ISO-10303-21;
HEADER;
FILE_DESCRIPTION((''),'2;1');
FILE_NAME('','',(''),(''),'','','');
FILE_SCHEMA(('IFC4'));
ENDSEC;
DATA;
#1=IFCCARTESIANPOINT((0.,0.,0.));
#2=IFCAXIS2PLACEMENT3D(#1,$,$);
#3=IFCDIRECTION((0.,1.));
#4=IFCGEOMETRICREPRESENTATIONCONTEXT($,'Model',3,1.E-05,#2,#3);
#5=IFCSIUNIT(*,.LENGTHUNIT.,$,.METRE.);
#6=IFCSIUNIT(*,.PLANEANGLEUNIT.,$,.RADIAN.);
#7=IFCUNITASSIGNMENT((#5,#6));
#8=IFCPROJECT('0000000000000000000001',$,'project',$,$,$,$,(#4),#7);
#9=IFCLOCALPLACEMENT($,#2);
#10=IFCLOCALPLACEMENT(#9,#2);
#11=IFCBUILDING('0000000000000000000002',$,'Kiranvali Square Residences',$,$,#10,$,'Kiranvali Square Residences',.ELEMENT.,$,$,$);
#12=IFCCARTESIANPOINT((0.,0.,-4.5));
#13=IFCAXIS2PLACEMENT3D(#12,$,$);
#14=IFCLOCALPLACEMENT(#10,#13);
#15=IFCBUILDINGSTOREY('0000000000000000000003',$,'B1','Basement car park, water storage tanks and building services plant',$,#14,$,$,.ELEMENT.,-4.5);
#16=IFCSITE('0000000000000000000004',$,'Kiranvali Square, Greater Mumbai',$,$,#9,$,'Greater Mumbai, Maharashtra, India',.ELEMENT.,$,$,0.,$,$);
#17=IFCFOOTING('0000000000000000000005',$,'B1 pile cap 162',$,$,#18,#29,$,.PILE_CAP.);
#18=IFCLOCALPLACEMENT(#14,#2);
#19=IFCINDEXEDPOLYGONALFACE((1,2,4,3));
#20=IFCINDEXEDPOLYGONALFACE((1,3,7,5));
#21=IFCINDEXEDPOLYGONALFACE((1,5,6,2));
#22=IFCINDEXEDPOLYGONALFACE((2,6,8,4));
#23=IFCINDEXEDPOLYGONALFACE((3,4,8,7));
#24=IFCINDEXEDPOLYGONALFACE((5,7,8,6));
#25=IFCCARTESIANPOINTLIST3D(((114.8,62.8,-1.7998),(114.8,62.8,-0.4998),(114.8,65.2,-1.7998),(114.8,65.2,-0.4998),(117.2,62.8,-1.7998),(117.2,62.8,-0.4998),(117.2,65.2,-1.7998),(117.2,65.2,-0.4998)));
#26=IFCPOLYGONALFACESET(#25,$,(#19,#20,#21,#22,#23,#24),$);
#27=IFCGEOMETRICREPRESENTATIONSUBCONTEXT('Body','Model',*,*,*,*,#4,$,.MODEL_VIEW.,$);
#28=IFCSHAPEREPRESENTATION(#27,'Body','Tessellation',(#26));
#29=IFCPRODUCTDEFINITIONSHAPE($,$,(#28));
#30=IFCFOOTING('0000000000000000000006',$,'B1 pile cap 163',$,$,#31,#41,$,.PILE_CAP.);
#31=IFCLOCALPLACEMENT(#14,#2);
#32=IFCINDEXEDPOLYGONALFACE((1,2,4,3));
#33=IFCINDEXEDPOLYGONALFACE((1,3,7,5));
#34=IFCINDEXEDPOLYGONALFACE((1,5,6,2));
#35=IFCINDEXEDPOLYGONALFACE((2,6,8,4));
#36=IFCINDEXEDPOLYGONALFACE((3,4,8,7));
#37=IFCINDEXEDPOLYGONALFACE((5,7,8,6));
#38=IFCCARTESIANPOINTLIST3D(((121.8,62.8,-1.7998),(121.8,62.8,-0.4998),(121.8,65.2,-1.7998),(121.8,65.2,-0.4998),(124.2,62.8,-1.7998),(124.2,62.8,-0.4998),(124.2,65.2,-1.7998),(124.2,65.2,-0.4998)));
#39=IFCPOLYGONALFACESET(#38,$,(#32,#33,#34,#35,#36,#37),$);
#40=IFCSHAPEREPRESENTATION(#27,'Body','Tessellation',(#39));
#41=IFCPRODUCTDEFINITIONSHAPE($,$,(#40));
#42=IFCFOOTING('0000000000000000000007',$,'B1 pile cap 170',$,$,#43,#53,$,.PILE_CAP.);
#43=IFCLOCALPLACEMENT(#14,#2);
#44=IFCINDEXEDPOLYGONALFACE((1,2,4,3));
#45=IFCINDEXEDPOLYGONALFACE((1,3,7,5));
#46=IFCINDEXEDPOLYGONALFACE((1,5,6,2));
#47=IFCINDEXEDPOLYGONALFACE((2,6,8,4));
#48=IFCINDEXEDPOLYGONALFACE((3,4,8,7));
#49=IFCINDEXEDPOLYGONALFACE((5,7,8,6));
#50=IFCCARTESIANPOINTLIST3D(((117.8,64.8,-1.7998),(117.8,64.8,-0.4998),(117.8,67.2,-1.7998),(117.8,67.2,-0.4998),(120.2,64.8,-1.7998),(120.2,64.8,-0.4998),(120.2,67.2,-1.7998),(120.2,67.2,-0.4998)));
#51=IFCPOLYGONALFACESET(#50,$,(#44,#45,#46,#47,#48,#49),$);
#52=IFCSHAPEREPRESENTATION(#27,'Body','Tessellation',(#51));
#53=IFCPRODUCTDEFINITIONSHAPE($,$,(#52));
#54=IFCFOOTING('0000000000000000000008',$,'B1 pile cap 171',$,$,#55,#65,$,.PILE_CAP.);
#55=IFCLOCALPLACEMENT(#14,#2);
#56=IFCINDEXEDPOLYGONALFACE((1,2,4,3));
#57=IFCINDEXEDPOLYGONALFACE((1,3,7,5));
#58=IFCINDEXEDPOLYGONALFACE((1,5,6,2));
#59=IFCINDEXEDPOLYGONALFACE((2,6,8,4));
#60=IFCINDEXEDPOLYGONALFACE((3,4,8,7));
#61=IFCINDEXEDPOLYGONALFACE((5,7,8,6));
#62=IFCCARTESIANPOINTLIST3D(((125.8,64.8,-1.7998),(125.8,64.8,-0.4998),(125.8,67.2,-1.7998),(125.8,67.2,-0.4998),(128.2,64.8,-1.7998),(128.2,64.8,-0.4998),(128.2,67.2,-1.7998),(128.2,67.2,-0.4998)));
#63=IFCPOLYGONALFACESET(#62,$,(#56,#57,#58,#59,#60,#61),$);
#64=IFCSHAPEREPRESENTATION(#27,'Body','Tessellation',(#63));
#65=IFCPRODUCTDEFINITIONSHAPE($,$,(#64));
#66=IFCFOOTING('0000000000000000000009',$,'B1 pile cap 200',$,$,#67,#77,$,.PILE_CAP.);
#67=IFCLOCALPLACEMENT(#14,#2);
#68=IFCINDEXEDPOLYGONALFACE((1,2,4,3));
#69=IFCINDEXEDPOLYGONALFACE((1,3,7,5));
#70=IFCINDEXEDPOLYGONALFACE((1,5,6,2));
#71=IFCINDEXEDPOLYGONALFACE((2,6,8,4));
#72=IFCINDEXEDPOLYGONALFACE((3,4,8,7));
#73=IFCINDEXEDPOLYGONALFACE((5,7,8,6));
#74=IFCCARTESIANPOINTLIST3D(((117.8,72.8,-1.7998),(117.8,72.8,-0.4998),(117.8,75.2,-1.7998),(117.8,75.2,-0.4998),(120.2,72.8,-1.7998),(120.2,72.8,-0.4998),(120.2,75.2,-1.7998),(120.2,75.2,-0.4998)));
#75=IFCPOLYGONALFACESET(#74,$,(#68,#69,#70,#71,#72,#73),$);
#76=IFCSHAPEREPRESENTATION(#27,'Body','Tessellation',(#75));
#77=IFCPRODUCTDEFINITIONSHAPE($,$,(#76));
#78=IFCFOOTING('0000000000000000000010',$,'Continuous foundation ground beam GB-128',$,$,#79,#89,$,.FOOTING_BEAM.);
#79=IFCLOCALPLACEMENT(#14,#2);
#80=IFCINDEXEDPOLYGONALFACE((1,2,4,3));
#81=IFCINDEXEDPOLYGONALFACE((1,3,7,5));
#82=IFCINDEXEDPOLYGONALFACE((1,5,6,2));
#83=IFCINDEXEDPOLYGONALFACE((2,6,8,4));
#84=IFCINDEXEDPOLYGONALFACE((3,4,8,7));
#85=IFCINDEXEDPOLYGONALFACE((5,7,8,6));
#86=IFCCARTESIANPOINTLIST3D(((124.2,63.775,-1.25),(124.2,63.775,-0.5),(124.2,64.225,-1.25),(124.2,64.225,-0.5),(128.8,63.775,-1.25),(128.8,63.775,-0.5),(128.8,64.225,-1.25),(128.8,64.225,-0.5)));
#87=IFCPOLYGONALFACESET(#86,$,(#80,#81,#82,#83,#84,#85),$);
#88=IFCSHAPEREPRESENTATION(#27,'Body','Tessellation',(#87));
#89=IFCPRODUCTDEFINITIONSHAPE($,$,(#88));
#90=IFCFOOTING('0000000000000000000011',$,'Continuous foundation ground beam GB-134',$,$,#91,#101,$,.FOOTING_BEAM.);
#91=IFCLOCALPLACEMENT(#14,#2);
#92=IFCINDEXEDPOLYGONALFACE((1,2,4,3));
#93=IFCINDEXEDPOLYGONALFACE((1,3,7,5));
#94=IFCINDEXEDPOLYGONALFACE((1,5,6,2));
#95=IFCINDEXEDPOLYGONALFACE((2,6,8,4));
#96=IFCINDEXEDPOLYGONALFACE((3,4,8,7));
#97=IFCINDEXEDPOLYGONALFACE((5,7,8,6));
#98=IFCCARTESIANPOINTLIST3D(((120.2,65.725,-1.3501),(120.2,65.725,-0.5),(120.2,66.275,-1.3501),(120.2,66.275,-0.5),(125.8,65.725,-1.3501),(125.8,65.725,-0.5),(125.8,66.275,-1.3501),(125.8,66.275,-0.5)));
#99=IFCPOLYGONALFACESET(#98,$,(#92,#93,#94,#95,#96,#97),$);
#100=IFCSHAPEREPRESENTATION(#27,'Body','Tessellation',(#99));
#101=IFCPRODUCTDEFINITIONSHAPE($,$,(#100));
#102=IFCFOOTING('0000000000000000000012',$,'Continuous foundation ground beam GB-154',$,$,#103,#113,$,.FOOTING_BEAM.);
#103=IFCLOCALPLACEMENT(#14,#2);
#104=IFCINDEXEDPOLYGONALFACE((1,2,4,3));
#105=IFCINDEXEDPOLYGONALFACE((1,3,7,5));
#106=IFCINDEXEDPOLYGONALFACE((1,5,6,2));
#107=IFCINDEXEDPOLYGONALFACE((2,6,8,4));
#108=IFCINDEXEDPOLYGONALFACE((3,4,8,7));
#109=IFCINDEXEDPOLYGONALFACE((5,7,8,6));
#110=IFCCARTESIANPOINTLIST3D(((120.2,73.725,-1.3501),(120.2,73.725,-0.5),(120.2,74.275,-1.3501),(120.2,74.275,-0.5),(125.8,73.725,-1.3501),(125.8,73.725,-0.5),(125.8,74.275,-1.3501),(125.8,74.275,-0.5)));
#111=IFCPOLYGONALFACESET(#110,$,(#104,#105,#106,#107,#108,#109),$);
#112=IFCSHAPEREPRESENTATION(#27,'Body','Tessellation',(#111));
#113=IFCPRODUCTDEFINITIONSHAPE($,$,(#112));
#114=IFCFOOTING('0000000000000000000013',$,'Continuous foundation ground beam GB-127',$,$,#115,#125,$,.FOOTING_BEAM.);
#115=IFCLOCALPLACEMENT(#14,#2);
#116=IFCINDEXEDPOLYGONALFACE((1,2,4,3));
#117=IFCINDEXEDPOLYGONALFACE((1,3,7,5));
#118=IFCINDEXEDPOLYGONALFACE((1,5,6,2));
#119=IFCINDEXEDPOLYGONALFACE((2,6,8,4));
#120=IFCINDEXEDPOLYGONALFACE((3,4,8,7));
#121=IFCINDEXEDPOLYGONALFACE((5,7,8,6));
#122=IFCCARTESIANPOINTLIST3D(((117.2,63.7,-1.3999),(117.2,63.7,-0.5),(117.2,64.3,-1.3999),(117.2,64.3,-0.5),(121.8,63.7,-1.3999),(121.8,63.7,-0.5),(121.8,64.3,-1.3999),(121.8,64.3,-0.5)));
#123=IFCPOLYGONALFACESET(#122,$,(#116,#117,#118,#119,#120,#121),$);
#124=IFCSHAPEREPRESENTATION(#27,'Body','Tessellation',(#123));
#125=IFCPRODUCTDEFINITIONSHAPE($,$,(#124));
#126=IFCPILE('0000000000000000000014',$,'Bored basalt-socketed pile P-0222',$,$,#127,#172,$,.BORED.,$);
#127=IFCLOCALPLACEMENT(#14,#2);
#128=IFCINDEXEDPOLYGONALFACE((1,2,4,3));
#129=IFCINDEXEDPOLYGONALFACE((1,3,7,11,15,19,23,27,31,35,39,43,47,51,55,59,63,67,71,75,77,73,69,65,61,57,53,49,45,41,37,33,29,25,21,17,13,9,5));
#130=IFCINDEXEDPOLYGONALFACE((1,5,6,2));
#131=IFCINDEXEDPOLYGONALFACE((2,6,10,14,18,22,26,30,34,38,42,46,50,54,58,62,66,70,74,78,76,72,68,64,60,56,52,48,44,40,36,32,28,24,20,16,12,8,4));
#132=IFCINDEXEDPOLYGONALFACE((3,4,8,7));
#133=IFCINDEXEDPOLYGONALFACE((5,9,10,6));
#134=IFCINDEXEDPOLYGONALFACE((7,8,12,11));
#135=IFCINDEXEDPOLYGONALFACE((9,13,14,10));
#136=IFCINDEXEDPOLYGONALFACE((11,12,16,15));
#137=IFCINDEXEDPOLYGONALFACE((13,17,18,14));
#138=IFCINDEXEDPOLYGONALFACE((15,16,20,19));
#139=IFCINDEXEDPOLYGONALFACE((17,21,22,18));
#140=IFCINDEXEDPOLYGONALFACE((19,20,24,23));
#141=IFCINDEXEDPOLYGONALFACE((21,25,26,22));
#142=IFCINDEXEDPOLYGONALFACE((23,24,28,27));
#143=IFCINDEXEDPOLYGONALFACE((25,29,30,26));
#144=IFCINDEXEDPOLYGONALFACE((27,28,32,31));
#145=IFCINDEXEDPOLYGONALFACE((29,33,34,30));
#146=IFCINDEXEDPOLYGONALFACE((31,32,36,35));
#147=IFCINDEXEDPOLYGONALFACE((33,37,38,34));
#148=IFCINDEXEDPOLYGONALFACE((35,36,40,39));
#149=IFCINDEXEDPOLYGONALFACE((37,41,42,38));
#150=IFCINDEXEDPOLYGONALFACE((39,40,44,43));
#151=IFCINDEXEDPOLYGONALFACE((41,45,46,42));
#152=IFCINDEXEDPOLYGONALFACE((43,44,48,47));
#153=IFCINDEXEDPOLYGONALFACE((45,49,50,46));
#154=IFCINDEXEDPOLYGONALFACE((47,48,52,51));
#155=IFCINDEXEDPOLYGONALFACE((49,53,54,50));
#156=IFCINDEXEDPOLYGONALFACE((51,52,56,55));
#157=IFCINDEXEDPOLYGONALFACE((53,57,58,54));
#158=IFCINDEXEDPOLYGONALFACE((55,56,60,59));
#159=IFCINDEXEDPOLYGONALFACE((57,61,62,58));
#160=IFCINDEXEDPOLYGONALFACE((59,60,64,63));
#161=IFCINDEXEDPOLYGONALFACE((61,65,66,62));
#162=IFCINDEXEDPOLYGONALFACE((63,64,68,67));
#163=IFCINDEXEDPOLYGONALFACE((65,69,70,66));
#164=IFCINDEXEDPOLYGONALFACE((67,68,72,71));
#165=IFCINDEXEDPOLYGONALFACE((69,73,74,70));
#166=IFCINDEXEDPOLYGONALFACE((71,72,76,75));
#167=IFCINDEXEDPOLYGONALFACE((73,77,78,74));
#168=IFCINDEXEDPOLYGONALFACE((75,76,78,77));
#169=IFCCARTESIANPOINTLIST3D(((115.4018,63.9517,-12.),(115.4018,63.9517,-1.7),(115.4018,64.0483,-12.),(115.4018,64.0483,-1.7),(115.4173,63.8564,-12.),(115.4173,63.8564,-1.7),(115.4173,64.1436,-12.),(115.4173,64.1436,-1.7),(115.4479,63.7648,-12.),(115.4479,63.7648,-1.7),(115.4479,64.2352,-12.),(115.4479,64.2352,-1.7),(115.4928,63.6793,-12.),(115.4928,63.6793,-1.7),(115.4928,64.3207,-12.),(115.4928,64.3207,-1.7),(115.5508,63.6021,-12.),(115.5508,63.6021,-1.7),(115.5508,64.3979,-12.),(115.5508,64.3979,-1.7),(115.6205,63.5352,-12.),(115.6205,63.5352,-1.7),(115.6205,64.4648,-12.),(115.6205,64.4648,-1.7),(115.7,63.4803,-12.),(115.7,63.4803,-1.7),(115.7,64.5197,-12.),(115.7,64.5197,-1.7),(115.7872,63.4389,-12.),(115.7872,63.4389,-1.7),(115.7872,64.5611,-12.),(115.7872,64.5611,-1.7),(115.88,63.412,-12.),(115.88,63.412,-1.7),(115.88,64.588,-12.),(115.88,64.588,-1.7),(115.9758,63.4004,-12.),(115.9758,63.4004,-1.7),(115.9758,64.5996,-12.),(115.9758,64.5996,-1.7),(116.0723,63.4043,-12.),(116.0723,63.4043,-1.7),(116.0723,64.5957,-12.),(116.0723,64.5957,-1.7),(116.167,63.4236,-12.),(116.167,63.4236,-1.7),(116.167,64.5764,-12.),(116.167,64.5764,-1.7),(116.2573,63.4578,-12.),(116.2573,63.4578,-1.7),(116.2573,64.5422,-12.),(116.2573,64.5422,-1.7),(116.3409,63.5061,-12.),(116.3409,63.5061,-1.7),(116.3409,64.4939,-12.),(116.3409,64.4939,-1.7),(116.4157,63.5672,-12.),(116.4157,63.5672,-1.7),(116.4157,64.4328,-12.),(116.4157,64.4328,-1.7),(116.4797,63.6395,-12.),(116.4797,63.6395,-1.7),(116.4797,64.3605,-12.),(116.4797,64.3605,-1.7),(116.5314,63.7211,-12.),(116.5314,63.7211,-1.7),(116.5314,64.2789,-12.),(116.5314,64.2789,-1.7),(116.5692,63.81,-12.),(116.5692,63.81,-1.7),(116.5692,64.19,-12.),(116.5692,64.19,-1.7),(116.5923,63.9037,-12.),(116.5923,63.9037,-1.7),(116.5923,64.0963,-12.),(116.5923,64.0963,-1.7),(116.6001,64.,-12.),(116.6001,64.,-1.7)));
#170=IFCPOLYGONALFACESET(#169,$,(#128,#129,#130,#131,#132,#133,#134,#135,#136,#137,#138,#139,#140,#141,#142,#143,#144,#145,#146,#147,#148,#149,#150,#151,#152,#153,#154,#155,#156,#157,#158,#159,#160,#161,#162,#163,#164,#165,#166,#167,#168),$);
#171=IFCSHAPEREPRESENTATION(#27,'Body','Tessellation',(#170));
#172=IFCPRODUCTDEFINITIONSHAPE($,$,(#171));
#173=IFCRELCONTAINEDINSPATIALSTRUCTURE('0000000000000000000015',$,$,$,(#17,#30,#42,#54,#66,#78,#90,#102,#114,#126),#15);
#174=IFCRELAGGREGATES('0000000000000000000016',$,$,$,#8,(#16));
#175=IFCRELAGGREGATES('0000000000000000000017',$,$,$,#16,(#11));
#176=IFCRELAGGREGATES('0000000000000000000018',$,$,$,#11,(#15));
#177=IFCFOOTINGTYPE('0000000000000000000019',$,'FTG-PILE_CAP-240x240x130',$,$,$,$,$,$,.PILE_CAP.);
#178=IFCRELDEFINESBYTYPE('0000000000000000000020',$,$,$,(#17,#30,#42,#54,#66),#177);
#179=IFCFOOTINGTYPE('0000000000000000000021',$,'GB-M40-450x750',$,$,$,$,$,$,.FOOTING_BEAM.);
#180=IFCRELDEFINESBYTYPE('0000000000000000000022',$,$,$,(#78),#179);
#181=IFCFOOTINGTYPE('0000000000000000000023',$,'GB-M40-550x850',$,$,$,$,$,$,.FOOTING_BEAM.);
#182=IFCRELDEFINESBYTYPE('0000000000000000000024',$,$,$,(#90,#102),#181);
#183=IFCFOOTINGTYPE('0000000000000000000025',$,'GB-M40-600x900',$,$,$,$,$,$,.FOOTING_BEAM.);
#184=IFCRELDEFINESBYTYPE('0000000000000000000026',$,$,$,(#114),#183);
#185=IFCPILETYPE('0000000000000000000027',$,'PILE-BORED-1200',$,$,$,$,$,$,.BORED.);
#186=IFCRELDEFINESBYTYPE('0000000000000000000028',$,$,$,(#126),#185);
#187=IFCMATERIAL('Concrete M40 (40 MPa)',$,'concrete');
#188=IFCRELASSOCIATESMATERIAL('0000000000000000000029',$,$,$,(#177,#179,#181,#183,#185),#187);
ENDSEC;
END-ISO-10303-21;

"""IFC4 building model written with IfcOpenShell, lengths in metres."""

from ifc_helpers import new_model, si_unit, direction, frame, origin, origin_2d, place, context, subcontext, project, spatial, rectangle, circle, extrude, material, material_profile, profile_set, type_object, element, save


model = new_model("IFC4")

# Units and contexts
model_context = context("Model", 3, precision=1e-05, world=origin(), true_north=direction((0.0, 1.0)))
body_context = subcontext(model_context, "Body", "Model", "MODEL_VIEW")
ifc_project = project(units=[si_unit("LENGTHUNIT", "METRE"), si_unit("PLANEANGLEUNIT", "RADIAN")], contexts=[model_context])

# Site, building, storey
site_placement = place(None, origin())
site = spatial("IfcSite", under=ifc_project, at=site_placement, Name="Kiranvali Square, Greater Mumbai", LongName="Greater Mumbai, Maharashtra, India", CompositionType="ELEMENT", RefElevation=0.0)
building_placement = place(site_placement, origin())
building = spatial("IfcBuilding", under=site, at=building_placement, Name="Kiranvali Square Residences", LongName="Kiranvali Square Residences", CompositionType="ELEMENT")
storey_placement = place(building_placement, frame((0.0, 0.0, -4.5)))
storey = spatial("IfcBuildingStorey", under=building, at=storey_placement, Name="B1", Description="Basement car park, water storage tanks and building services plant", CompositionType="ELEMENT", Elevation=-4.5)

# Footings
ifc_material_1 = material(Name="Concrete M40 (40 MPa)", Category="concrete")
footing_type_1 = type_object("IfcFootingType", Name="FTG-PILE_CAP-240x240x130", PredefinedType="PILE_CAP", material=ifc_material_1)
for number, where, z_axis, x_axis, name in (
    (1, (116.0, 64.0, -1.7998), (0.0, 0.0, 1.0), (1.0, 0.0, 0.0), "B1 pile cap 162"),
    (2, (123.0, 64.0, -1.7998), (0.0, 0.0, 1.0), (1.0, 0.0, 0.0), "B1 pile cap 163"),
    (3, (119.0, 66.0, -1.7998), (0.0, 0.0, 1.0), (1.0, 0.0, 0.0), "B1 pile cap 170"),
    (4, (127.0, 66.0, -1.7998), (0.0, 0.0, 1.0), (1.0, 0.0, 0.0), "B1 pile cap 171"),
    (5, (119.0, 74.0, -1.7998), (0.0, 0.0, 1.0), (1.0, 0.0, 0.0), "B1 pile cap 200"),
):
    element("IfcFooting", number, at=place(storey_placement, frame(where, z_axis=z_axis, x_axis=x_axis)), inside=storey, type_object=footing_type_1, Name=name, PredefinedType="PILE_CAP", context=body_context, shape_type="SweptSolid", body=[
        extrude(rectangle(XDim=2.3999, YDim=2.3999, at=origin_2d()), origin(), (0.0, 0.0, 1.0), 1.3),
    ])
ifc_material_profile_1 = material_profile(ifc_material_1, rectangle(XDim=0.45, YDim=0.75, at=origin_2d()), Name="GB 450x750")
ifc_profile_set_1 = profile_set([ifc_material_profile_1], Name="Concrete M40 (40 MPa)")
footing_type_2 = type_object("IfcFootingType", Name="GB-M40-450x750", PredefinedType="FOOTING_BEAM", material=ifc_profile_set_1)
footing_1_placement = place(storey_placement, frame((124.2, 64.0, -0.875), z_axis=(1.0, 0.0, 0.0), x_axis=(0.0, 1.0, 0.0)))
element("IfcFooting", 6, at=footing_1_placement, inside=storey, type_object=footing_type_2, Name="Continuous foundation ground beam GB-128", PredefinedType="FOOTING_BEAM", context=body_context, shape_type="SweptSolid", body=[
    extrude(rectangle(XDim=0.45, YDim=0.75, at=origin_2d()), origin(), (0.0, 0.0, 1.0), 4.6001),
])
ifc_material_profile_2 = material_profile(ifc_material_1, rectangle(XDim=0.55, YDim=0.8501, at=origin_2d()), Name="GB 550x850")
ifc_profile_set_2 = profile_set([ifc_material_profile_2], Name="Concrete M40 (40 MPa)")
footing_type_3 = type_object("IfcFootingType", Name="GB-M40-550x850", PredefinedType="FOOTING_BEAM", material=ifc_profile_set_2)
for number, where, z_axis, x_axis, name in (
    (7, (120.2, 66.0, -0.925), (1.0, 0.0, 0.0), (0.0, 1.0, 0.0), "Continuous foundation ground beam GB-134"),
    (8, (120.2, 74.0, -0.925), (1.0, 0.0, 0.0), (0.0, 1.0, 0.0), "Continuous foundation ground beam GB-154"),
):
    element("IfcFooting", number, at=place(storey_placement, frame(where, z_axis=z_axis, x_axis=x_axis)), inside=storey, type_object=footing_type_3, Name=name, PredefinedType="FOOTING_BEAM", context=body_context, shape_type="SweptSolid", body=[
        extrude(rectangle(XDim=0.55, YDim=0.8501, at=origin_2d()), origin(), (0.0, 0.0, 1.0), 5.6001),
    ])
ifc_material_profile_3 = material_profile(ifc_material_1, rectangle(XDim=0.6001, YDim=0.8999, at=origin_2d()), Name="GB 600x900")
ifc_profile_set_3 = profile_set([ifc_material_profile_3], Name="Concrete M40 (40 MPa)")
footing_type_4 = type_object("IfcFootingType", Name="GB-M40-600x900", PredefinedType="FOOTING_BEAM", material=ifc_profile_set_3)
footing_2_placement = place(storey_placement, frame((117.2, 64.0, -0.95), z_axis=(1.0, 0.0, 0.0), x_axis=(0.0, 1.0, 0.0)))
element("IfcFooting", 9, at=footing_2_placement, inside=storey, type_object=footing_type_4, Name="Continuous foundation ground beam GB-127", PredefinedType="FOOTING_BEAM", context=body_context, shape_type="SweptSolid", body=[
    extrude(rectangle(XDim=0.6001, YDim=0.8999, at=origin_2d()), origin(), (0.0, 0.0, 1.0), 4.6001),
])

# Pile
ifc_material_profile_4 = material_profile(ifc_material_1, circle(Radius=0.6001, at=origin_2d()), Name="BORED PILE 1200")
ifc_profile_set_4 = profile_set([ifc_material_profile_4], Name="Concrete M40 (40 MPa)")
pile_type = type_object("IfcPileType", Name="PILE-BORED-1200", PredefinedType="BORED", material=ifc_profile_set_4)
for number, where, z_axis, x_axis, name in (
    (10, (116.0, 64.0, -1.7), (0.0, 0.0, -1.0), (1.0, 0.0, 0.0), "Bored basalt-socketed pile P-0222"),
):
    element("IfcPile", number, at=place(storey_placement, frame(where, z_axis=z_axis, x_axis=x_axis)), inside=storey, type_object=pile_type, Name=name, PredefinedType="BORED", context=body_context, shape_type="SweptSolid", body=[
        extrude(circle(Radius=0.6001, at=origin_2d()), origin(), (0.0, 0.0, 1.0), 10.3),
    ])

save(model, "model.ifc")
